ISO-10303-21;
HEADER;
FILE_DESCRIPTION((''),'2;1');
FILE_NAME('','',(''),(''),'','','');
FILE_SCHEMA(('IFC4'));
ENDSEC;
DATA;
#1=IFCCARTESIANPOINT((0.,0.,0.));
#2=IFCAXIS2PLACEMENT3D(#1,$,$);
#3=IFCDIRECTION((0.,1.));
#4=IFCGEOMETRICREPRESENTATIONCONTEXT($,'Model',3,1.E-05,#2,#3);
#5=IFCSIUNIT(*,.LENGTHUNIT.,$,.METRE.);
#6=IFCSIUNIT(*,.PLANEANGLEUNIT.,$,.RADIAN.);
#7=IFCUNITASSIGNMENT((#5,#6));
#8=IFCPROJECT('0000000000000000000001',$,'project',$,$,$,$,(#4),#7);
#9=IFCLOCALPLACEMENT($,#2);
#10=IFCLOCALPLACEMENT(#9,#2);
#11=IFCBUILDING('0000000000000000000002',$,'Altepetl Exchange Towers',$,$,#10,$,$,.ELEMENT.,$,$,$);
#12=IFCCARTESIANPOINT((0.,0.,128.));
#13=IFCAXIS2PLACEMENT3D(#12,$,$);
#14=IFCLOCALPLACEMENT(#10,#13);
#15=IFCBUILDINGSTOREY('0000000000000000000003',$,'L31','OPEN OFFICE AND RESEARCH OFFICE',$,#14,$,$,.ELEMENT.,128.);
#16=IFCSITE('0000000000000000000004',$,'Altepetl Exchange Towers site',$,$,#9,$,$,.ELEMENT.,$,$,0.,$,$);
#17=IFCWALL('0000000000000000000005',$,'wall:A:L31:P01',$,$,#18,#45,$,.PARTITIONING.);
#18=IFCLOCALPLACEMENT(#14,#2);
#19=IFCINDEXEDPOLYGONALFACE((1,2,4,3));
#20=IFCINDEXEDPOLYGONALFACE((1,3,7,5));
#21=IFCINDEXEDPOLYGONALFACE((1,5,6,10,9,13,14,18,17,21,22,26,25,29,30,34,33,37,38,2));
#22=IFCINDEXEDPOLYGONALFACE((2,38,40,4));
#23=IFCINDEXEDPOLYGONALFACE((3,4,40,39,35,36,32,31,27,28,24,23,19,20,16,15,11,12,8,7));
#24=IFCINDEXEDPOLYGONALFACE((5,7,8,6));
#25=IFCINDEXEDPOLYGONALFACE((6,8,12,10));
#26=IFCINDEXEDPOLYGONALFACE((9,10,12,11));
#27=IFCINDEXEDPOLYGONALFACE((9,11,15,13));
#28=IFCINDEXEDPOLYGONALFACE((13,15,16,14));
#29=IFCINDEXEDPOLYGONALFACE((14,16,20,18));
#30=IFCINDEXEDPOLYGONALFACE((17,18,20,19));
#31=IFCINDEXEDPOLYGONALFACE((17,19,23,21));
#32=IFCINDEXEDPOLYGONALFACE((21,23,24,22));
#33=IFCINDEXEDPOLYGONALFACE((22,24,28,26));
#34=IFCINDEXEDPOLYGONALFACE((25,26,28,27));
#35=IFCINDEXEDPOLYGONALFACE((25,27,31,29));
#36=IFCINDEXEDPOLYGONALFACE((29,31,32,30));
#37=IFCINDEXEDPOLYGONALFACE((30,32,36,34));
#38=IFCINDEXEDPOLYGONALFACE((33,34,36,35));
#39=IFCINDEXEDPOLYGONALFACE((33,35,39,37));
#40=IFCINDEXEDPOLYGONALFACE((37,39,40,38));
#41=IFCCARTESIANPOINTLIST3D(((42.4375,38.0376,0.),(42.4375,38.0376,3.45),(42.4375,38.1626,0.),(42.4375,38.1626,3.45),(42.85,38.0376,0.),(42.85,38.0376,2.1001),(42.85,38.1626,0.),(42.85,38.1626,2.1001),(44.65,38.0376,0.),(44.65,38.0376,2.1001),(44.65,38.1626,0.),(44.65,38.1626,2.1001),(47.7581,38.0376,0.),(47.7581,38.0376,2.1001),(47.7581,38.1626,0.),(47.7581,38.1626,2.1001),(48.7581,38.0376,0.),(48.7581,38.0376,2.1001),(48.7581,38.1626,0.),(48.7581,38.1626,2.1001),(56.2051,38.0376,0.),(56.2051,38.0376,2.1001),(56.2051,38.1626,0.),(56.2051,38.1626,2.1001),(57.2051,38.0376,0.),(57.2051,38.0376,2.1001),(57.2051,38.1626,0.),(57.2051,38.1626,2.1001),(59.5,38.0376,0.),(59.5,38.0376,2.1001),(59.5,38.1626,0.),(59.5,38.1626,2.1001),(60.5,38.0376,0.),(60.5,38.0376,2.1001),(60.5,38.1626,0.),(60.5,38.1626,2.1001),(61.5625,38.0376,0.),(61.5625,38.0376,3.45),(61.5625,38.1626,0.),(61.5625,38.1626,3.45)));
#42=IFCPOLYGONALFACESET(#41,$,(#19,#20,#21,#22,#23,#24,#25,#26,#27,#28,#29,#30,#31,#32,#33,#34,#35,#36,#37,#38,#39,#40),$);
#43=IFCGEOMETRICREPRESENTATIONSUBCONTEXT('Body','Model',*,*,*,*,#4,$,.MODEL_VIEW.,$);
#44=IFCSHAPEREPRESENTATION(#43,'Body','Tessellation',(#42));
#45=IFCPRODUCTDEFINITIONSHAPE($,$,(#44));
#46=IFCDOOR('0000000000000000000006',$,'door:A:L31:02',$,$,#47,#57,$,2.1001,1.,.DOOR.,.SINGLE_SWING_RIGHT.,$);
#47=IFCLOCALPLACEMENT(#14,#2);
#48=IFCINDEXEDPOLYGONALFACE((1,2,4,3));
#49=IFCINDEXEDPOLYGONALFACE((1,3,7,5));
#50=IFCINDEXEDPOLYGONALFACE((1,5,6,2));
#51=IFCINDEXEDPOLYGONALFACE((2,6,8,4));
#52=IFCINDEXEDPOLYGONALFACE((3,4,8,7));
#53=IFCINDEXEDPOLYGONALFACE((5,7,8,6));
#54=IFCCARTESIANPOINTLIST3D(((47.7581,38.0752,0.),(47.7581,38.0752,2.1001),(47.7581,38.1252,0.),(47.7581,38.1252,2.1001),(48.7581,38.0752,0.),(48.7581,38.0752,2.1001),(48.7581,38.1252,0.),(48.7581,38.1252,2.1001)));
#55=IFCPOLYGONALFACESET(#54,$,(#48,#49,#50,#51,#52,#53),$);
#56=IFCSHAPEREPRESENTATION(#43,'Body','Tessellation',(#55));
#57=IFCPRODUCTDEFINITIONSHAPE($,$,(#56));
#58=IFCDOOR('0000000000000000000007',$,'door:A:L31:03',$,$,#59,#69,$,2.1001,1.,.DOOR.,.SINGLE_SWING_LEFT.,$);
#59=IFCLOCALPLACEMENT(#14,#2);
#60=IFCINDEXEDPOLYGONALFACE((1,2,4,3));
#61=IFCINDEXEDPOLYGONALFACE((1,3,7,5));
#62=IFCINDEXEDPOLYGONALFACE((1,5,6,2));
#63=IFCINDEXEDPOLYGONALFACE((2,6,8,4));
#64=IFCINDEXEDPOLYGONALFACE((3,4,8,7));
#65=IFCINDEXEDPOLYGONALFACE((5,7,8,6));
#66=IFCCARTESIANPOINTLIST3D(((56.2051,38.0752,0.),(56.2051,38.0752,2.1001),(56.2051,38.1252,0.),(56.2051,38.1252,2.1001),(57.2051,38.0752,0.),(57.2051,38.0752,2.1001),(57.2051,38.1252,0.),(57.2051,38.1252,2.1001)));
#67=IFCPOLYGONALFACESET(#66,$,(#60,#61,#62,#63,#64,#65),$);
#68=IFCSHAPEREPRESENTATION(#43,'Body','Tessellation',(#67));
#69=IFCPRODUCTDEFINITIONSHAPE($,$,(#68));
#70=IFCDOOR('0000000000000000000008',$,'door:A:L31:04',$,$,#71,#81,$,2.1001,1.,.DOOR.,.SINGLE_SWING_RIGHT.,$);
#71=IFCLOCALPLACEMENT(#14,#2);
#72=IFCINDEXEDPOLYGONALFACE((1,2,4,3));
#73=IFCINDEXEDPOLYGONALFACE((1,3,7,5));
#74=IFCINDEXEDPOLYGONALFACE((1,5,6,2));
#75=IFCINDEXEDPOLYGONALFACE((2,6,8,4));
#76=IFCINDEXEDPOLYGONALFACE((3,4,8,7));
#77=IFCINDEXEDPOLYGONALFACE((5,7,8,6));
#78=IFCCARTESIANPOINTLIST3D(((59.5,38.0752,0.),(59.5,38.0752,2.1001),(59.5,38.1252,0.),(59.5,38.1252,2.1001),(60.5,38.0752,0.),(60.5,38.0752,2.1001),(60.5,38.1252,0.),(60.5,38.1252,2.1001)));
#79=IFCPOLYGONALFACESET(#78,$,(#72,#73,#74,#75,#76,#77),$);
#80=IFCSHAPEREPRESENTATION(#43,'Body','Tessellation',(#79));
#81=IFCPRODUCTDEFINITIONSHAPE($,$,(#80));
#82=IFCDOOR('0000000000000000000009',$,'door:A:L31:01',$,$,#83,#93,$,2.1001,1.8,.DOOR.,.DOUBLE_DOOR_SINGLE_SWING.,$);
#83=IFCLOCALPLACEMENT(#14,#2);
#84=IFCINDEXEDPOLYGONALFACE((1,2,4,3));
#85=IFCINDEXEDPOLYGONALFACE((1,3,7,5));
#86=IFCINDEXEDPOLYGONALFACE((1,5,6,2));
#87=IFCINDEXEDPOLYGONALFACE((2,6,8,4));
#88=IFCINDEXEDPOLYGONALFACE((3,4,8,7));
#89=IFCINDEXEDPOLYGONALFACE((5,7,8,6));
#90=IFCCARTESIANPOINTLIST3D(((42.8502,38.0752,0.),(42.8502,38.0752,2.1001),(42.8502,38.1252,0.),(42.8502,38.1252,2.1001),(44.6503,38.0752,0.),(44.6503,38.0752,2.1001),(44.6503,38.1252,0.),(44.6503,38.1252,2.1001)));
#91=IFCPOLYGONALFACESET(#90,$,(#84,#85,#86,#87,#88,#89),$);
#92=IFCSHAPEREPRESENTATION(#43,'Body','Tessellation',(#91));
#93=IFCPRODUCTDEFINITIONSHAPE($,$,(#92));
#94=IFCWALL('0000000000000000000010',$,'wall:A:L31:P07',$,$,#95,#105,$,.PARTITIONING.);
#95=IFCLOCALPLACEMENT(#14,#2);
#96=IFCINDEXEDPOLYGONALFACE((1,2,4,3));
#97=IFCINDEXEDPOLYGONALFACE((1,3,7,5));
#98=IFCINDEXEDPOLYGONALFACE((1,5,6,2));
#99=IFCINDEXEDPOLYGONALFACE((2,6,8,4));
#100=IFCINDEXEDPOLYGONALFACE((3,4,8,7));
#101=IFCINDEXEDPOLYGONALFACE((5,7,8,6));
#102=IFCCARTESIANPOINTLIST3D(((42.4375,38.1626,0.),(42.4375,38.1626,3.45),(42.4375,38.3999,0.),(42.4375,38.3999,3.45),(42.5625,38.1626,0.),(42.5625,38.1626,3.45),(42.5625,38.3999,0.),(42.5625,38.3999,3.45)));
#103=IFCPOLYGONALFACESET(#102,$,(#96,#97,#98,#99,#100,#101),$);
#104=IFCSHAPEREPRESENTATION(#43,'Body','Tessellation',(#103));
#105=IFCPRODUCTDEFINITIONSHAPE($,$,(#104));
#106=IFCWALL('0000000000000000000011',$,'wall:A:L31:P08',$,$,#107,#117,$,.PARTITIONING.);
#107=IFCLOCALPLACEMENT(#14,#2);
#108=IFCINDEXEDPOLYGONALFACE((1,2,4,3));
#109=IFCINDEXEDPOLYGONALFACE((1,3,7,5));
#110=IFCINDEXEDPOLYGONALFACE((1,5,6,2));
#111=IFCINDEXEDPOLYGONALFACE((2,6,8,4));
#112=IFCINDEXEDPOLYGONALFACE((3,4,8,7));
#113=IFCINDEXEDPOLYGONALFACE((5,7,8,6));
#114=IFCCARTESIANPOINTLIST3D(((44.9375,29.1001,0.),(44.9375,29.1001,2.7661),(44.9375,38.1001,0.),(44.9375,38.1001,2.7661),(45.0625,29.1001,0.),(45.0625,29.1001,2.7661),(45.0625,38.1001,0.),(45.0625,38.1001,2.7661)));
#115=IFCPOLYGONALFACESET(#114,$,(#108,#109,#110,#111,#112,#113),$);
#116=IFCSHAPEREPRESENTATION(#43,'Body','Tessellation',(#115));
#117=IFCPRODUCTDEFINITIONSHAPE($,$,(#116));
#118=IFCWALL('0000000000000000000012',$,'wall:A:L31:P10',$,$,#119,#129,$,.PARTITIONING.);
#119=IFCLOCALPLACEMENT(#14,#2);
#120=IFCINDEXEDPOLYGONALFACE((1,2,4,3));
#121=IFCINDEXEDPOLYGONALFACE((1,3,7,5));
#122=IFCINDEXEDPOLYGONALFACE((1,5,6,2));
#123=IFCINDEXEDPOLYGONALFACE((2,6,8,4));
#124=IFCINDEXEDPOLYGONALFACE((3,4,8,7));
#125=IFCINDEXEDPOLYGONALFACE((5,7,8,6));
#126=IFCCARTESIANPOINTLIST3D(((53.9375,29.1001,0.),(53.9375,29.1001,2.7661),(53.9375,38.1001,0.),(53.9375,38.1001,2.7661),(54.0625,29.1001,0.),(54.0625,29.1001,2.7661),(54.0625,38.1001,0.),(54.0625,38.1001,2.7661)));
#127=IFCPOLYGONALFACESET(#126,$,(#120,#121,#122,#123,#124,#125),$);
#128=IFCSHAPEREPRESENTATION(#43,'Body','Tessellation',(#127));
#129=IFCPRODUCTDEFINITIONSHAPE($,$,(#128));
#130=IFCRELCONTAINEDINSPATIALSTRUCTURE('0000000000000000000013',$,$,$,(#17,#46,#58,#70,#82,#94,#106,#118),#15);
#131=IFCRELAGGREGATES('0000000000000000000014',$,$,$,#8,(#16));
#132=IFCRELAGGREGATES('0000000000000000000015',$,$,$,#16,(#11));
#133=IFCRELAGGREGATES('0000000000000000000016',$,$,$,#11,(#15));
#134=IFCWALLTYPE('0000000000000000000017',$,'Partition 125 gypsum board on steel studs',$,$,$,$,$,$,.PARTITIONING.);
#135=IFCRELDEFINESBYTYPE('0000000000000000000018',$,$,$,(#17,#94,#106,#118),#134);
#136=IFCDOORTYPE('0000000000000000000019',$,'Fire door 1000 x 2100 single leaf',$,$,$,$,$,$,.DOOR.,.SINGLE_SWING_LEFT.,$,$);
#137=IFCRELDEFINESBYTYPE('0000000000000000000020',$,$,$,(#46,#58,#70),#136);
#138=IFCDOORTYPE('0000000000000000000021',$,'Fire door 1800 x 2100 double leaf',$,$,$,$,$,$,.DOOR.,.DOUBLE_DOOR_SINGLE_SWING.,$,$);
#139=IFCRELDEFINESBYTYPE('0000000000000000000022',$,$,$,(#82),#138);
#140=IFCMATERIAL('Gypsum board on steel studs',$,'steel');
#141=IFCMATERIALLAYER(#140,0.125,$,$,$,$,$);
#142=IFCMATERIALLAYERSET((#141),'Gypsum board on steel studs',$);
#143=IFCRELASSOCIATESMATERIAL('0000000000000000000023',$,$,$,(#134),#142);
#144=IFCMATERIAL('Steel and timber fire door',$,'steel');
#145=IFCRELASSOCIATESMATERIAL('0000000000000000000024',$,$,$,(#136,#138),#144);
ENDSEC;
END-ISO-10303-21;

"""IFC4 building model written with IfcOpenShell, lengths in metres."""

from ifc_helpers import new_model, si_unit, direction, frame, frame_2d, origin, place, context, subcontext, project, spatial, rectangle, extrude, material, layer, layer_set, type_object, element, fill, save


model = new_model("IFC4")

# Units and contexts
model_context = context("Model", 3, precision=1e-05, world=origin(), true_north=direction((0.0, 1.0)))
body_context = subcontext(model_context, "Body", "Model", "MODEL_VIEW")
ifc_project = project(units=[si_unit("LENGTHUNIT", "METRE"), si_unit("PLANEANGLEUNIT", "RADIAN")], contexts=[model_context])

# Site, building, storey
site_placement = place(None, origin())
site = spatial("IfcSite", under=ifc_project, at=site_placement, Name="Altepetl Exchange Towers site", CompositionType="ELEMENT", RefElevation=0.0)
building_placement = place(site_placement, origin())
building = spatial("IfcBuilding", under=site, at=building_placement, Name="Altepetl Exchange Towers", CompositionType="ELEMENT")
storey_placement = place(building_placement, frame((0.0, 0.0, 128.0)))
storey = spatial("IfcBuildingStorey", under=building, at=storey_placement, Name="L31", Description="OPEN OFFICE AND RESEARCH OFFICE", CompositionType="ELEMENT", Elevation=128.0)

# Wall, openings, doors
ifc_material_1 = material(Name="Gypsum board on steel studs", Category="steel")
ifc_layer_1 = layer(ifc_material_1, 0.125)
ifc_layer_set_1 = layer_set([ifc_layer_1], Name="Gypsum board on steel studs")
wall_type_1 = type_object("IfcWallType", Name="Partition 125 gypsum board on steel studs", PredefinedType="PARTITIONING", material=ifc_layer_set_1)
wall_1_placement = place(storey_placement, frame((42.4375, 38.1001, 0.0)))
wall_1 = element("IfcWall", 1, at=wall_1_placement, inside=storey, type_object=wall_type_1, Name="wall:A:L31:P01", PredefinedType="PARTITIONING", context=body_context, shape_type="SweptSolid", body=[
    extrude(rectangle(XDim=19.125, YDim=0.125, at=frame_2d((9.5625, 0.0))), origin(), (0.0, 0.0, 1.0), 3.45),
])
opening_1_placement = place(wall_1_placement, frame((0.4126, 0.0, 0.0)))
opening_1 = element("IfcOpeningElement", 2, at=opening_1_placement, cuts=wall_1, PredefinedType="OPENING", context=body_context, shape_type="SweptSolid", body=[
    extrude(rectangle(XDim=1.8, YDim=2.1001, at=frame_2d((0.8999, 1.05))), frame((0.0, 0.0725, 0.0), z_axis=(0.0, -1.0, 0.0), x_axis=(1.0, 0.0, 0.0)), (0.0, 0.0, 1.0), 0.145),
])
opening_2_placement = place(wall_1_placement, frame((5.3206, 0.0, 0.0)))
opening_2 = element("IfcOpeningElement", 3, at=opening_2_placement, cuts=wall_1, PredefinedType="OPENING", context=body_context, shape_type="SweptSolid", body=[
    extrude(rectangle(XDim=1.0, YDim=2.1001, at=frame_2d((0.5, 1.05))), frame((0.0, 0.0725, 0.0), z_axis=(0.0, -1.0, 0.0), x_axis=(1.0, 0.0, 0.0)), (0.0, 0.0, 1.0), 0.145),
])
opening_3_placement = place(wall_1_placement, frame((13.7676, 0.0, 0.0)))
opening_3 = element("IfcOpeningElement", 4, at=opening_3_placement, cuts=wall_1, PredefinedType="OPENING", context=body_context, shape_type="SweptSolid", body=[
    extrude(rectangle(XDim=1.0, YDim=2.1001, at=frame_2d((0.5, 1.05))), frame((0.0, 0.0725, 0.0), z_axis=(0.0, -1.0, 0.0), x_axis=(1.0, 0.0, 0.0)), (0.0, 0.0, 1.0), 0.145),
])
opening_4_placement = place(wall_1_placement, frame((17.0625, 0.0, 0.0)))
opening_4 = element("IfcOpeningElement", 5, at=opening_4_placement, cuts=wall_1, PredefinedType="OPENING", context=body_context, shape_type="SweptSolid", body=[
    extrude(rectangle(XDim=1.0, YDim=2.1001, at=frame_2d((0.5, 1.05))), frame((0.0, 0.0725, 0.0), z_axis=(0.0, -1.0, 0.0), x_axis=(1.0, 0.0, 0.0)), (0.0, 0.0, 1.0), 0.145),
])
ifc_material_2 = material(Name="Steel and timber fire door", Category="steel")
door_type_1 = type_object("IfcDoorType", Name="Fire door 1000 x 2100 single leaf", OperationType="SINGLE_SWING_LEFT", PredefinedType="DOOR", material=ifc_material_2)
door_1_placement = place(opening_2_placement, frame((1.0, 0.0, 0.0), x_axis=(-1.0, 0.0, 0.0)))
door_1 = element("IfcDoor", 6, at=door_1_placement, inside=storey, type_object=door_type_1, Name="door:A:L31:02", OperationType="SINGLE_SWING_RIGHT", OverallHeight=2.1001, OverallWidth=1.0, PredefinedType="DOOR", context=body_context, shape_type="SweptSolid", body=[
    extrude(rectangle(XDim=1.0, YDim=2.1001, at=frame_2d((0.5, 1.05))), frame((0.0, 0.0249, 0.0), z_axis=(0.0, -1.0, 0.0), x_axis=(1.0, 0.0, 0.0)), (0.0, 0.0, 1.0), 0.05),
])
fill(opening_2, door_1)
door_2_placement = place(opening_3_placement, frame((1.0, 0.0, 0.0), x_axis=(-1.0, 0.0, 0.0)))
door_2 = element("IfcDoor", 7, at=door_2_placement, inside=storey, type_object=door_type_1, Name="door:A:L31:03", OperationType="SINGLE_SWING_LEFT", OverallHeight=2.1001, OverallWidth=1.0, PredefinedType="DOOR", context=body_context, shape_type="SweptSolid", body=[
    extrude(rectangle(XDim=1.0, YDim=2.1001, at=frame_2d((0.5, 1.05))), frame((0.0, 0.0249, 0.0), z_axis=(0.0, -1.0, 0.0), x_axis=(1.0, 0.0, 0.0)), (0.0, 0.0, 1.0), 0.05),
])
fill(opening_3, door_2)
door_3_placement = place(opening_4_placement, frame((1.0, 0.0, 0.0), x_axis=(-1.0, 0.0, 0.0)))
door_3 = element("IfcDoor", 8, at=door_3_placement, inside=storey, type_object=door_type_1, Name="door:A:L31:04", OperationType="SINGLE_SWING_RIGHT", OverallHeight=2.1001, OverallWidth=1.0, PredefinedType="DOOR", context=body_context, shape_type="SweptSolid", body=[
    extrude(rectangle(XDim=1.0, YDim=2.1001, at=frame_2d((0.5, 1.05))), frame((0.0, 0.0249, 0.0), z_axis=(0.0, -1.0, 0.0), x_axis=(1.0, 0.0, 0.0)), (0.0, 0.0, 1.0), 0.05),
])
fill(opening_4, door_3)
door_type_2 = type_object("IfcDoorType", Name="Fire door 1800 x 2100 double leaf", OperationType="DOUBLE_DOOR_SINGLE_SWING", PredefinedType="DOOR", material=ifc_material_2)
door_4_placement = place(opening_1_placement, frame((1.8, 0.0, 0.0), x_axis=(-1.0, 0.0, 0.0)))
door_4 = element("IfcDoor", 9, at=door_4_placement, inside=storey, type_object=door_type_2, Name="door:A:L31:01", OperationType="DOUBLE_DOOR_SINGLE_SWING", OverallHeight=2.1001, OverallWidth=1.8, PredefinedType="DOOR", context=body_context, shape_type="SweptSolid", body=[
    extrude(rectangle(XDim=1.8, YDim=2.1001, at=frame_2d((0.8999, 1.05))), frame((0.0, 0.0249, 0.0), z_axis=(0.0, -1.0, 0.0), x_axis=(1.0, 0.0, 0.0)), (0.0, 0.0, 1.0), 0.05),
])
fill(opening_1, door_4)

# Walls
wall_2_placement = place(storey_placement, frame((42.5, 38.1626, 0.0), z_axis=(0.0, 0.0, 1.0), x_axis=(0.0, 1.0, 0.0)))
element("IfcWall", 10, at=wall_2_placement, inside=storey, type_object=wall_type_1, Name="wall:A:L31:P07", PredefinedType="PARTITIONING", context=body_context, shape_type="SweptSolid", body=[
    extrude(rectangle(XDim=0.2373, YDim=0.125, at=frame_2d((0.1187, 0.0))), origin(), (0.0, 0.0, 1.0), 3.45),
])
for number, where, z_axis, x_axis, name in (
    (11, (45.0, 29.1001, 0.0), (0.0, 0.0, 1.0), (0.0, 1.0, 0.0), "wall:A:L31:P08"),
    (12, (54.0, 29.1001, 0.0), (0.0, 0.0, 1.0), (0.0, 1.0, 0.0), "wall:A:L31:P10"),
):
    element("IfcWall", number, at=place(storey_placement, frame(where, z_axis=z_axis, x_axis=x_axis)), inside=storey, type_object=wall_type_1, Name=name, PredefinedType="PARTITIONING", context=body_context, shape_type="SweptSolid", body=[
        extrude(rectangle(XDim=9.0, YDim=0.125, at=frame_2d((4.5, 0.0))), origin(), (0.0, 0.0, 1.0), 2.7661),
    ])

save(model, "model.ifc")
